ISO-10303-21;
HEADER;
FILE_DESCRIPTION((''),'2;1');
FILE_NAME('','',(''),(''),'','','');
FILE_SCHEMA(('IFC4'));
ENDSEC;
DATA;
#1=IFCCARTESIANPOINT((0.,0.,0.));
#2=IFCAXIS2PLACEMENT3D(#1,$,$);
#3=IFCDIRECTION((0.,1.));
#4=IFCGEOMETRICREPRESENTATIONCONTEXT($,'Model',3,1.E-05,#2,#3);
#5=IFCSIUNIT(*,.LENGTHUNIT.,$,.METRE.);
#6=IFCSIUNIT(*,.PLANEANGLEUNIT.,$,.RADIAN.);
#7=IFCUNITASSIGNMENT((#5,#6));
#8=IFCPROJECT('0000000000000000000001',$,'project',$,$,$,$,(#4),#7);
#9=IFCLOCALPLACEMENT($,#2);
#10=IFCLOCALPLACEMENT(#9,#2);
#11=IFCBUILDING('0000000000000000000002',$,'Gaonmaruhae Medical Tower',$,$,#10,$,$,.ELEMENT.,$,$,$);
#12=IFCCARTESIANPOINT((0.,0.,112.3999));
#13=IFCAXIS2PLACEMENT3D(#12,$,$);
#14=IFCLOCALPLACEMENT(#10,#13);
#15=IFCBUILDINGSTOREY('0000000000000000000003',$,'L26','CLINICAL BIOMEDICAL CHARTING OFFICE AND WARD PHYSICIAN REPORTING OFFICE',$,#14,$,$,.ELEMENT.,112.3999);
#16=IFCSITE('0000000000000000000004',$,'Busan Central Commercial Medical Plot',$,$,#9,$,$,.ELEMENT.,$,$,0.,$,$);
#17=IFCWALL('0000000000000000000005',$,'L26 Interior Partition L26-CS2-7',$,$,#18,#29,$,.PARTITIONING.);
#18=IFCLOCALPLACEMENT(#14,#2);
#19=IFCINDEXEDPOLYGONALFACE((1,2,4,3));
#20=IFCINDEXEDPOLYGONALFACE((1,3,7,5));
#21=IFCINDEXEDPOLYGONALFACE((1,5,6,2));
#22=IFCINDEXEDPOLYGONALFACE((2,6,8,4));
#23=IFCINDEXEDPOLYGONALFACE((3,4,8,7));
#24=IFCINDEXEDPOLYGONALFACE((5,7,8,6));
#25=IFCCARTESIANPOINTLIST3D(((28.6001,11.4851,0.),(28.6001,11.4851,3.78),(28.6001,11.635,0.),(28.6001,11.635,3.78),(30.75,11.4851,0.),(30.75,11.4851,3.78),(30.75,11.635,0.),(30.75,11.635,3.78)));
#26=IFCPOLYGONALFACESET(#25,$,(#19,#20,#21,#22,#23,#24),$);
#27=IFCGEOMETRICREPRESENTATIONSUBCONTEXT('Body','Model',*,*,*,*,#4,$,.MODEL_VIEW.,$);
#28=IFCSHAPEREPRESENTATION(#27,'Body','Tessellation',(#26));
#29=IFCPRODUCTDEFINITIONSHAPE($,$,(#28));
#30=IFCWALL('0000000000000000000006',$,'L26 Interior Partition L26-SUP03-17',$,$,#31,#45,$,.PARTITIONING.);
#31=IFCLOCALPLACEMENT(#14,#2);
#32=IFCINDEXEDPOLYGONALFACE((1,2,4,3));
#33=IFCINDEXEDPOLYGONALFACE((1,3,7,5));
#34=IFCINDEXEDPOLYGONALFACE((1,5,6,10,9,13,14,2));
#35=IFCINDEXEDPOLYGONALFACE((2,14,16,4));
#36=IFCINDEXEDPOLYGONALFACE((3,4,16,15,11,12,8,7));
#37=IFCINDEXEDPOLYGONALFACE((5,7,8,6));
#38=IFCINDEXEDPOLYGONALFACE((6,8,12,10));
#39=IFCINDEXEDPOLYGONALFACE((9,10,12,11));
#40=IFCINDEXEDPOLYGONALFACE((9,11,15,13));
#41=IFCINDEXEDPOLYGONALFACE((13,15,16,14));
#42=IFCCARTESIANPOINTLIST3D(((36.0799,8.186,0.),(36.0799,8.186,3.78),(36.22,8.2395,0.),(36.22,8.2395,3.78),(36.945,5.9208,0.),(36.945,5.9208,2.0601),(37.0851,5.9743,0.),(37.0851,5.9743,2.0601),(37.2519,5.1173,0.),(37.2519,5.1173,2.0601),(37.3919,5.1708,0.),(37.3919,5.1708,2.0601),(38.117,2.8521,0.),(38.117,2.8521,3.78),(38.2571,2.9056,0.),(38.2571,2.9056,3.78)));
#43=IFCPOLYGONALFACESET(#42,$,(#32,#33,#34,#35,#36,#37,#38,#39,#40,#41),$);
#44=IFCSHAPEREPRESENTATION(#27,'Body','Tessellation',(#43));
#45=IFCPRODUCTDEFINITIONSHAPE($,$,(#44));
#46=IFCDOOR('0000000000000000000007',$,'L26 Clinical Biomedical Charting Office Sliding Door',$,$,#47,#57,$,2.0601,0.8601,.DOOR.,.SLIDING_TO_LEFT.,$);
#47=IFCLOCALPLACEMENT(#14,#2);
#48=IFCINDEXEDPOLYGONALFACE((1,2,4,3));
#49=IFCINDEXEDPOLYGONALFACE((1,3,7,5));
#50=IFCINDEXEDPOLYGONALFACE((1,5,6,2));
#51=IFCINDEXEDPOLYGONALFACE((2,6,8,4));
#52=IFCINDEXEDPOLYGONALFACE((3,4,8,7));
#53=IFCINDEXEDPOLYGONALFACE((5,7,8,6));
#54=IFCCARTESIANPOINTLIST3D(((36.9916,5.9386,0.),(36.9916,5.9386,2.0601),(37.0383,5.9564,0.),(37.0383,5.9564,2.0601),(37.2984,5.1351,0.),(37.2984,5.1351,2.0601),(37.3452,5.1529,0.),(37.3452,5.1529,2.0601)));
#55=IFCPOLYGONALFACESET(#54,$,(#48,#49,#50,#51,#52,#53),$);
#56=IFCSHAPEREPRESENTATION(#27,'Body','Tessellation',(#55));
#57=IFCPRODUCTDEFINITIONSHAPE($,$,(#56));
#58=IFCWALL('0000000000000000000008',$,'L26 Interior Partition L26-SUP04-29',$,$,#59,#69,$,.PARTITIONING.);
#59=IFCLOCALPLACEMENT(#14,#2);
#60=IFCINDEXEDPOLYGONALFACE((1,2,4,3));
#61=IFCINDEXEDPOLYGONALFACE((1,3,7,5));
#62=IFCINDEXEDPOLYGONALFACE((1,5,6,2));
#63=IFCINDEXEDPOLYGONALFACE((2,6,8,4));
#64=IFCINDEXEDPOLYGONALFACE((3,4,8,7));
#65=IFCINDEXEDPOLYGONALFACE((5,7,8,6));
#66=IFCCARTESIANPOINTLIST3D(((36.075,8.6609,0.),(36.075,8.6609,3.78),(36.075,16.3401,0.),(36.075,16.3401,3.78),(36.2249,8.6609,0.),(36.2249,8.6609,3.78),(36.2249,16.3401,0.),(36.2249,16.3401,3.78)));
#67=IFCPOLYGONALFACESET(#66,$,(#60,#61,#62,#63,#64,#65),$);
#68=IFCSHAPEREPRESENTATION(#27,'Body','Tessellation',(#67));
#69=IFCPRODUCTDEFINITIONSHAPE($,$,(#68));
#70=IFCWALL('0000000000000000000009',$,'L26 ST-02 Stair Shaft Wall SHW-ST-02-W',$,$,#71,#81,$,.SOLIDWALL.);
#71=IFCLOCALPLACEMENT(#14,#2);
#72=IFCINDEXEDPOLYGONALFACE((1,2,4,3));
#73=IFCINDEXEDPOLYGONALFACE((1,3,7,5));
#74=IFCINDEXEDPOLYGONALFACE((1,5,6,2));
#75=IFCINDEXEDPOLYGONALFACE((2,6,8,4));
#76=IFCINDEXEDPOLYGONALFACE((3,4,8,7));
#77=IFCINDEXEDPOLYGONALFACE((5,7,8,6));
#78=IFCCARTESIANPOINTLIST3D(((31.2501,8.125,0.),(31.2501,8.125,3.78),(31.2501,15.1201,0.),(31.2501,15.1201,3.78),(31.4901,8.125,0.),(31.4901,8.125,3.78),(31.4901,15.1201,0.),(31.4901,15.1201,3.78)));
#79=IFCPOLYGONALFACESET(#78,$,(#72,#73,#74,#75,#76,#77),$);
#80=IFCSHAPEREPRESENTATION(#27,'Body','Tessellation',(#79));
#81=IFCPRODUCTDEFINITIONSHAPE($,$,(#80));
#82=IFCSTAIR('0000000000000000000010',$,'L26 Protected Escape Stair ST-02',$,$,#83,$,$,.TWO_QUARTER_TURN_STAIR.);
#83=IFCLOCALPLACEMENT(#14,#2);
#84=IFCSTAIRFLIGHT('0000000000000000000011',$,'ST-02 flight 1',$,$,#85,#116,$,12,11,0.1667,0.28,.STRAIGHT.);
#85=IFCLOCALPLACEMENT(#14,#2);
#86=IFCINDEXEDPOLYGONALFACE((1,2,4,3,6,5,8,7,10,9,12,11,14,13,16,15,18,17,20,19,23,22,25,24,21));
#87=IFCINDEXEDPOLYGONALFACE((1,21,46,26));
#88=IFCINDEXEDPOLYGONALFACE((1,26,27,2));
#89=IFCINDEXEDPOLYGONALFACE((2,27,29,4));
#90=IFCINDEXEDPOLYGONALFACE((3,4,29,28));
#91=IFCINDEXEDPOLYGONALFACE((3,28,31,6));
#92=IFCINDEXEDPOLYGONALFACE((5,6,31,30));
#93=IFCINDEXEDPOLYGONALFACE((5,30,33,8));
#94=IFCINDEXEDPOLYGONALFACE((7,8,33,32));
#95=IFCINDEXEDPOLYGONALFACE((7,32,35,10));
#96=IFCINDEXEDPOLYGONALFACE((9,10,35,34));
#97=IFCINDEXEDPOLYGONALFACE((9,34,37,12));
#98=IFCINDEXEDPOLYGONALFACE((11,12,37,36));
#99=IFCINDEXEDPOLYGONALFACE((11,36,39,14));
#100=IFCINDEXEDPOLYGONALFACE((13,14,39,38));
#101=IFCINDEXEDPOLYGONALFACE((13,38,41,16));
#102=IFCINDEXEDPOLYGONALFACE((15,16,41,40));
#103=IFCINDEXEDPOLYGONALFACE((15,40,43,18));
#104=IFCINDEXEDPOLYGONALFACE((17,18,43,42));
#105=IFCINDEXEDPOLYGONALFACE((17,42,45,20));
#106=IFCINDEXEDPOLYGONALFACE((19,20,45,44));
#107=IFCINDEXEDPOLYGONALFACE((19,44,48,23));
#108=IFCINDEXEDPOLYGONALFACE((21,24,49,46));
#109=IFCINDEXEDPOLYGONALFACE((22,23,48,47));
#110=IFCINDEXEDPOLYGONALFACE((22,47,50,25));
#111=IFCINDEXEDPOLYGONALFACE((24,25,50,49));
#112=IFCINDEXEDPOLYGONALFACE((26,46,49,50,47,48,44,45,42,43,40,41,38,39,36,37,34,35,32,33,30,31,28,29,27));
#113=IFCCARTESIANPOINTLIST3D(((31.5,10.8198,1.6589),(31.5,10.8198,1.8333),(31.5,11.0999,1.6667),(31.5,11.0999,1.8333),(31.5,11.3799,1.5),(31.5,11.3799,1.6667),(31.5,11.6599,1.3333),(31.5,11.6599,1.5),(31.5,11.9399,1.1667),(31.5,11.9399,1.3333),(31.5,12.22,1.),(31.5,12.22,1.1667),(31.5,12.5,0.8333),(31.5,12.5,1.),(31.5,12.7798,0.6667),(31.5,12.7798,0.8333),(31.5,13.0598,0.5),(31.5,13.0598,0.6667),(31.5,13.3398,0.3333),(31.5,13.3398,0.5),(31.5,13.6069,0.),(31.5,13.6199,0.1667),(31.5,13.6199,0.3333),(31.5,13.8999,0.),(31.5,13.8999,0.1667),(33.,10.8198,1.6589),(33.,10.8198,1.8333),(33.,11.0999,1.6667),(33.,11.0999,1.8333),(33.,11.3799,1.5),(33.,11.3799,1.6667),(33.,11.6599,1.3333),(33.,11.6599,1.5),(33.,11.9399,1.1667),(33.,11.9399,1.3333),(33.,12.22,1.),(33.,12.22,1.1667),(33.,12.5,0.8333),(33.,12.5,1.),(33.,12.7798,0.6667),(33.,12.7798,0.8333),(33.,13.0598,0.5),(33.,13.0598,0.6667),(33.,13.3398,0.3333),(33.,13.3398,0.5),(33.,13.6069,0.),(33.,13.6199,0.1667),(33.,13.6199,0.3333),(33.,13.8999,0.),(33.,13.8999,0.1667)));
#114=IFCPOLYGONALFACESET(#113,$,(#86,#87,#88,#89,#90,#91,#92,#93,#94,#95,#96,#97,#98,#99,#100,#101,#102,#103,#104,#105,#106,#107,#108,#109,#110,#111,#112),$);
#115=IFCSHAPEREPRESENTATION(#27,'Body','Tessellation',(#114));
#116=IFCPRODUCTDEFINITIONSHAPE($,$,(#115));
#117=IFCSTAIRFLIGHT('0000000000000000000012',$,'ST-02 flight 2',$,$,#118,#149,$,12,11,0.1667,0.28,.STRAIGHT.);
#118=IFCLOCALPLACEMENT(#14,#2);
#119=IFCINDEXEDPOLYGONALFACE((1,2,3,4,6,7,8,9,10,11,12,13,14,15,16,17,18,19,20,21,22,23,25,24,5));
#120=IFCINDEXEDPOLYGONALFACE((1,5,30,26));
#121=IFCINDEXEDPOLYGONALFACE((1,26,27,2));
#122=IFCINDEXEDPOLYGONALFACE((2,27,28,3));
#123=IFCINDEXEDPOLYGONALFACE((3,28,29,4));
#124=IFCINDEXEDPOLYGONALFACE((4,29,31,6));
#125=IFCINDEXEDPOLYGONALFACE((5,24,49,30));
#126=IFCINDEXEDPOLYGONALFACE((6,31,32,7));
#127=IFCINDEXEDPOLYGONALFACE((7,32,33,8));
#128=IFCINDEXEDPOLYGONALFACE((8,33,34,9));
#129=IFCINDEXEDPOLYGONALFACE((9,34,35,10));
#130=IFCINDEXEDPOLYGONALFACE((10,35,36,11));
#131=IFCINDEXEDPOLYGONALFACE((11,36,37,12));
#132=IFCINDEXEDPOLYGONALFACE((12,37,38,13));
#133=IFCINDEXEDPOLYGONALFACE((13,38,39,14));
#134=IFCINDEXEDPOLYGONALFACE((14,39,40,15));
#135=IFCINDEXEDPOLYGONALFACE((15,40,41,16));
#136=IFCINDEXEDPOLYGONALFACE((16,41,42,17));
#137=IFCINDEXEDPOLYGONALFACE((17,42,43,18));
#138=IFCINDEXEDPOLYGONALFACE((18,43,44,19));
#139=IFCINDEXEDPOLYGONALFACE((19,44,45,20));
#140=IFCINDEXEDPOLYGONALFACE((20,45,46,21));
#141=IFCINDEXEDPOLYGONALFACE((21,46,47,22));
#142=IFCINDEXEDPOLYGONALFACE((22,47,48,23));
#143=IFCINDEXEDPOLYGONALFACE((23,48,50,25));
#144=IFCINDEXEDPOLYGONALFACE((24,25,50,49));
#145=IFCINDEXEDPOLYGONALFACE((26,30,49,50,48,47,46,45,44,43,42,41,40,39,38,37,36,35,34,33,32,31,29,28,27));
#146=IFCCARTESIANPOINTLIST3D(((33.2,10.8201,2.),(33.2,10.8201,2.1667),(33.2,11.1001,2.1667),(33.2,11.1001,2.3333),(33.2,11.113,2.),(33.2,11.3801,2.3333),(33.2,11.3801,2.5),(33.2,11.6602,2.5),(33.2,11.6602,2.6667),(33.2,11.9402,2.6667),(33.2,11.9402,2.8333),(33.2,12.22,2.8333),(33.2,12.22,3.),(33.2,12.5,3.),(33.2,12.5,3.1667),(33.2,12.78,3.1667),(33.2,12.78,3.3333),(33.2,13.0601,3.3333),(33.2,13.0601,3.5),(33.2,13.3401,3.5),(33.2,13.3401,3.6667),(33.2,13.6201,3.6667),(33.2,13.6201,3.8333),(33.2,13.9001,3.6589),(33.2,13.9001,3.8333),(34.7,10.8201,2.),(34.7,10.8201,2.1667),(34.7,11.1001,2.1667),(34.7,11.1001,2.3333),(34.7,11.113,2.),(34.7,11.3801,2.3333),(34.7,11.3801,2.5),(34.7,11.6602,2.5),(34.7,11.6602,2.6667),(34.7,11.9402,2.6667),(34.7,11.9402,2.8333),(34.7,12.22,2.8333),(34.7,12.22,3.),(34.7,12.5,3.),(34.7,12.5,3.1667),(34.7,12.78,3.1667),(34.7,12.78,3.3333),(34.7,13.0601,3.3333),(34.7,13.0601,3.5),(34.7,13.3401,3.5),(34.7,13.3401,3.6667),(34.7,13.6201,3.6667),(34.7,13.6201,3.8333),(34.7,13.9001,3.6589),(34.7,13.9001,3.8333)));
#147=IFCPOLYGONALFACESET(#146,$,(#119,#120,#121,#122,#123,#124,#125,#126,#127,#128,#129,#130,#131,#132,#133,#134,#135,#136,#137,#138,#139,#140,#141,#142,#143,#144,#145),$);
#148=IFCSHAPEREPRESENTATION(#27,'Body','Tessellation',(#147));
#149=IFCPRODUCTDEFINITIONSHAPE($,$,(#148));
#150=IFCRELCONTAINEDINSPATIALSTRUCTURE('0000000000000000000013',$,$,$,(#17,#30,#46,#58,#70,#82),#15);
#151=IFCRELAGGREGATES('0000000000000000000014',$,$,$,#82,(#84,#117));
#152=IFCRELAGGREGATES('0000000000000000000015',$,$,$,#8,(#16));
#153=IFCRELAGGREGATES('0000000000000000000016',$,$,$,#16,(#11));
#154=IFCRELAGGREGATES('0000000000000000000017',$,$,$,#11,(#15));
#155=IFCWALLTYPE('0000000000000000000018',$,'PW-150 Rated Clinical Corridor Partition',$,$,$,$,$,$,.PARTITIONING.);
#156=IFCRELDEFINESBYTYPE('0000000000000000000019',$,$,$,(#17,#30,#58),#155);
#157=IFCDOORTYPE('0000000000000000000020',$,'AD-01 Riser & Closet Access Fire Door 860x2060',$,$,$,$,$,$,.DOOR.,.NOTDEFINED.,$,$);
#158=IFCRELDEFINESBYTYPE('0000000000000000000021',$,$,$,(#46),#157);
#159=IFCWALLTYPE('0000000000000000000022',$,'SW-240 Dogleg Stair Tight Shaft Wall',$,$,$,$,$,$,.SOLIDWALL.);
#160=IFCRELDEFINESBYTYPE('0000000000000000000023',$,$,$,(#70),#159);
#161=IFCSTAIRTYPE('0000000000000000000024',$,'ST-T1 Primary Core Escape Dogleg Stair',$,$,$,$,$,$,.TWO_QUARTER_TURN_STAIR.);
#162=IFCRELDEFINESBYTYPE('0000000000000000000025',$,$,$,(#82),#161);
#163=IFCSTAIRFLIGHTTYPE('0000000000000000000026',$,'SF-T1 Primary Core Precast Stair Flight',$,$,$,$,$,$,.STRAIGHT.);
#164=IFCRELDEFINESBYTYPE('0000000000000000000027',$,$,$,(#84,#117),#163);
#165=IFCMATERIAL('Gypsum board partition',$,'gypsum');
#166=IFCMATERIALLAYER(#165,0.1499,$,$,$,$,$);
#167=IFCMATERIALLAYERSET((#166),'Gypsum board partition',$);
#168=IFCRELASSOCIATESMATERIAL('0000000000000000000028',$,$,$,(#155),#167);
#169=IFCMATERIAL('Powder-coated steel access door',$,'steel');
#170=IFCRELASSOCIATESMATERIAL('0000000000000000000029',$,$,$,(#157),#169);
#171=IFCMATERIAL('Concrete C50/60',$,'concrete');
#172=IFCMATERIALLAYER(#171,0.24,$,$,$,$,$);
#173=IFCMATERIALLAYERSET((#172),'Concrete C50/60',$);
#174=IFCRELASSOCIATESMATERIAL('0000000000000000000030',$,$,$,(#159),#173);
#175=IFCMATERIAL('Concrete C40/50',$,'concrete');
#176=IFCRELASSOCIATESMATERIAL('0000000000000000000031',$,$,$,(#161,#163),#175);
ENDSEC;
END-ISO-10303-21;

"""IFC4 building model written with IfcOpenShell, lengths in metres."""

from ifc_helpers import new_model, si_unit, direction, frame, frame_2d, origin, place, context, subcontext, project, spatial, polyline, rectangle, outline, extrude, material, layer, layer_set, type_object, element, fill, aggregate, save


model = new_model("IFC4")

# Units and contexts
model_context = context("Model", 3, precision=1e-05, world=origin(), true_north=direction((0.0, 1.0)))
body_context = subcontext(model_context, "Body", "Model", "MODEL_VIEW")
ifc_project = project(units=[si_unit("LENGTHUNIT", "METRE"), si_unit("PLANEANGLEUNIT", "RADIAN")], contexts=[model_context])

# Site, building, storey
site_placement = place(None, origin())
site = spatial("IfcSite", under=ifc_project, at=site_placement, Name="Busan Central Commercial Medical Plot", CompositionType="ELEMENT", RefElevation=0.0)
building_placement = place(site_placement, origin())
building = spatial("IfcBuilding", under=site, at=building_placement, Name="Gaonmaruhae Medical Tower", CompositionType="ELEMENT")
storey_placement = place(building_placement, frame((0.0, 0.0, 112.3999)))
storey = spatial("IfcBuildingStorey", under=building, at=storey_placement, Name="L26", Description="CLINICAL BIOMEDICAL CHARTING OFFICE AND WARD PHYSICIAN REPORTING OFFICE", CompositionType="ELEMENT", Elevation=112.3999)

# Shared definitions
ifc_material_1 = material(Name="Gypsum board partition", Category="gypsum")
ifc_layer_1 = layer(ifc_material_1, 0.1499)
ifc_layer_set_1 = layer_set([ifc_layer_1], Name="Gypsum board partition")
wall_type_1 = type_object("IfcWallType", Name="PW-150 Rated Clinical Corridor Partition", PredefinedType="PARTITIONING", material=ifc_layer_set_1)

# Wall
wall_1_placement = place(storey_placement, frame((30.75, 11.5601, 0.0), z_axis=(0.0, 0.0, 1.0), x_axis=(-1.0, 0.0, 0.0)))
element("IfcWall", 1, at=wall_1_placement, inside=storey, type_object=wall_type_1, Name="L26 Interior Partition L26-CS2-7", PredefinedType="PARTITIONING", context=body_context, shape_type="SweptSolid", body=[
    extrude(rectangle(XDim=2.1499, YDim=0.1499, at=frame_2d((1.075, 0.0))), origin(), (0.0, 0.0, 1.0), 3.78),
])

# Wall, opening, door
wall_2_placement = place(storey_placement, frame((36.1499, 8.2129, 0.0), z_axis=(0.0, 0.0, 1.0), x_axis=(0.356778, -0.934189, 0.0)))
wall_2 = element("IfcWall", 2, at=wall_2_placement, inside=storey, type_object=wall_type_1, Name="L26 Interior Partition L26-SUP03-17", PredefinedType="PARTITIONING", context=body_context, shape_type="SweptSolid", body=[
    extrude(rectangle(XDim=5.7097, YDim=0.1499, at=frame_2d((2.855, 0.0))), origin(), (0.0, 0.0, 1.0), 3.78),
])
opening_1_placement = place(wall_2_placement, frame((2.4248, 0.0, 0.0)))
opening_1 = element("IfcOpeningElement", 3, at=opening_1_placement, cuts=wall_2, PredefinedType="OPENING", context=body_context, shape_type="SweptSolid", body=[
    extrude(rectangle(XDim=0.8601, YDim=2.0601, at=frame_2d((0.4302, 1.03))), frame((0.0, 0.085, 0.0), z_axis=(0.0, -1.0, 0.0), x_axis=(1.0, 0.0, 0.0)), (0.0, 0.0, 1.0), 0.1699),
])
ifc_material_2 = material(Name="Powder-coated steel access door", Category="steel")
door_type_1 = type_object("IfcDoorType", Name="AD-01 Riser & Closet Access Fire Door 860x2060", OperationType="NOTDEFINED", PredefinedType="DOOR", material=ifc_material_2)
door_1_placement = place(opening_1_placement, origin())
door_1 = element("IfcDoor", 4, at=door_1_placement, inside=storey, type_object=door_type_1, Name="L26 Clinical Biomedical Charting Office Sliding Door", OperationType="SLIDING_TO_LEFT", OverallHeight=2.0601, OverallWidth=0.8601, PredefinedType="DOOR", context=body_context, shape_type="SweptSolid", body=[
    extrude(rectangle(XDim=0.8601, YDim=2.0601, at=frame_2d((0.4302, 1.03))), frame((0.0, 0.0249, 0.0), z_axis=(0.0, -1.0, 0.0), x_axis=(1.0, 0.0, 0.0)), (0.0, 0.0, 1.0), 0.05),
])
fill(opening_1, door_1)

# Walls
wall_3_placement = place(storey_placement, frame((36.1499, 8.6609, 0.0), z_axis=(0.0, 0.0, 1.0), x_axis=(0.0, 1.0, 0.0)))
element("IfcWall", 5, at=wall_3_placement, inside=storey, type_object=wall_type_1, Name="L26 Interior Partition L26-SUP04-29", PredefinedType="PARTITIONING", context=body_context, shape_type="SweptSolid", body=[
    extrude(rectangle(XDim=7.6792, YDim=0.1499, at=frame_2d((3.8396, 0.0))), origin(), (0.0, 0.0, 1.0), 3.78),
])
ifc_material_3 = material(Name="Concrete C50/60", Category="concrete")
ifc_layer_2 = layer(ifc_material_3, 0.24)
ifc_layer_set_2 = layer_set([ifc_layer_2], Name="Concrete C50/60")
wall_type_2 = type_object("IfcWallType", Name="SW-240 Dogleg Stair Tight Shaft Wall", PredefinedType="SOLIDWALL", material=ifc_layer_set_2)
wall_4_placement = place(storey_placement, frame((31.3701, 8.125, 0.0), z_axis=(0.0, 0.0, 1.0), x_axis=(0.0, 1.0, 0.0)))
element("IfcWall", 6, at=wall_4_placement, inside=storey, type_object=wall_type_2, Name="L26 ST-02 Stair Shaft Wall SHW-ST-02-W", PredefinedType="SOLIDWALL", context=body_context, shape_type="SweptSolid", body=[
    extrude(rectangle(XDim=6.9951, YDim=0.24, at=frame_2d((3.4976, 0.0))), origin(), (0.0, 0.0, 1.0), 3.78),
])

# Stair, stair flights
ifc_material_4 = material(Name="Concrete C40/50", Category="concrete")
stair_type = type_object("IfcStairType", Name="ST-T1 Primary Core Escape Dogleg Stair", PredefinedType="TWO_QUARTER_TURN_STAIR", material=ifc_material_4)
stair_placement = place(storey_placement, origin())
stair = element("IfcStair", 7, at=stair_placement, inside=storey, type_object=stair_type, Name="L26 Protected Escape Stair ST-02", PredefinedType="TWO_QUARTER_TURN_STAIR")
stair_flight_type = type_object("IfcStairFlightType", Name="SF-T1 Primary Core Precast Stair Flight", PredefinedType="STRAIGHT", material=ifc_material_4)
stair_flight_1_placement = place(storey_placement, frame((32.25, 13.8999, 0.0), z_axis=(0.0, 0.0, 1.0), x_axis=(0.0, -1.0, 0.0)))
stair_flight_1 = element("IfcStairFlight", 8, at=stair_flight_1_placement, type_object=stair_flight_type, Name="ST-02 flight 1", NumberOfRisers=12, NumberOfTreads=11, PredefinedType="STRAIGHT", RiserHeight=0.1667, TreadLength=0.28, context=body_context, shape_type="SweptSolid", body=[
    extrude(outline(polyline([(0.0, 0.0), (0.0, 0.1667), (0.28, 0.1667), (0.28, 0.3333), (0.5601, 0.3333), (0.5601, 0.5), (0.8401, 0.5), (0.8401, 0.6667), (1.1201, 0.6667), (1.1201, 0.8333), (1.3999, 0.8333), (1.3999, 1.0), (1.6799, 1.0), (1.6799, 1.1667), (1.96, 1.1667), (1.96, 1.3333), (2.24, 1.3333), (2.24, 1.5), (2.52, 1.5), (2.52, 1.6667), (2.8, 1.6667), (2.8, 1.8333), (3.0801, 1.8333), (3.0801, 2.0), (3.0801, 1.6589), (0.293, 0.0), (0.0, 0.0)])), frame((0.0, 0.75, 0.0), z_axis=(0.0, -1.0, 0.0), x_axis=(1.0, 0.0, 0.0)), (0.0, 0.0, 1.0), 1.5),
])
stair_flight_2_placement = place(storey_placement, frame((33.95, 10.8201, 2.0), z_axis=(0.0, 0.0, 1.0), x_axis=(0.0, 1.0, 0.0)))
stair_flight_2 = element("IfcStairFlight", 9, at=stair_flight_2_placement, type_object=stair_flight_type, Name="ST-02 flight 2", NumberOfRisers=12, NumberOfTreads=11, PredefinedType="STRAIGHT", RiserHeight=0.1667, TreadLength=0.28, context=body_context, shape_type="SweptSolid", body=[
    extrude(outline(polyline([(0.0, 0.0), (0.0, 0.1667), (0.28, 0.1667), (0.28, 0.3333), (0.5601, 0.3333), (0.5601, 0.5), (0.8401, 0.5), (0.8401, 0.6667), (1.1201, 0.6667), (1.1201, 0.8333), (1.3999, 0.8333), (1.3999, 1.0), (1.6799, 1.0), (1.6799, 1.1667), (1.96, 1.1667), (1.96, 1.3333), (2.24, 1.3333), (2.24, 1.5), (2.52, 1.5), (2.52, 1.6667), (2.8, 1.6667), (2.8, 1.8333), (3.0801, 1.8333), (3.0801, 2.0), (3.0801, 1.6589), (0.293, 0.0), (0.0, 0.0)])), frame((0.0, 0.75, 0.0), z_axis=(0.0, -1.0, 0.0), x_axis=(1.0, 0.0, 0.0)), (0.0, 0.0, 1.0), 1.5),
])
aggregate(stair, [stair_flight_1, stair_flight_2])

save(model, "model.ifc")
